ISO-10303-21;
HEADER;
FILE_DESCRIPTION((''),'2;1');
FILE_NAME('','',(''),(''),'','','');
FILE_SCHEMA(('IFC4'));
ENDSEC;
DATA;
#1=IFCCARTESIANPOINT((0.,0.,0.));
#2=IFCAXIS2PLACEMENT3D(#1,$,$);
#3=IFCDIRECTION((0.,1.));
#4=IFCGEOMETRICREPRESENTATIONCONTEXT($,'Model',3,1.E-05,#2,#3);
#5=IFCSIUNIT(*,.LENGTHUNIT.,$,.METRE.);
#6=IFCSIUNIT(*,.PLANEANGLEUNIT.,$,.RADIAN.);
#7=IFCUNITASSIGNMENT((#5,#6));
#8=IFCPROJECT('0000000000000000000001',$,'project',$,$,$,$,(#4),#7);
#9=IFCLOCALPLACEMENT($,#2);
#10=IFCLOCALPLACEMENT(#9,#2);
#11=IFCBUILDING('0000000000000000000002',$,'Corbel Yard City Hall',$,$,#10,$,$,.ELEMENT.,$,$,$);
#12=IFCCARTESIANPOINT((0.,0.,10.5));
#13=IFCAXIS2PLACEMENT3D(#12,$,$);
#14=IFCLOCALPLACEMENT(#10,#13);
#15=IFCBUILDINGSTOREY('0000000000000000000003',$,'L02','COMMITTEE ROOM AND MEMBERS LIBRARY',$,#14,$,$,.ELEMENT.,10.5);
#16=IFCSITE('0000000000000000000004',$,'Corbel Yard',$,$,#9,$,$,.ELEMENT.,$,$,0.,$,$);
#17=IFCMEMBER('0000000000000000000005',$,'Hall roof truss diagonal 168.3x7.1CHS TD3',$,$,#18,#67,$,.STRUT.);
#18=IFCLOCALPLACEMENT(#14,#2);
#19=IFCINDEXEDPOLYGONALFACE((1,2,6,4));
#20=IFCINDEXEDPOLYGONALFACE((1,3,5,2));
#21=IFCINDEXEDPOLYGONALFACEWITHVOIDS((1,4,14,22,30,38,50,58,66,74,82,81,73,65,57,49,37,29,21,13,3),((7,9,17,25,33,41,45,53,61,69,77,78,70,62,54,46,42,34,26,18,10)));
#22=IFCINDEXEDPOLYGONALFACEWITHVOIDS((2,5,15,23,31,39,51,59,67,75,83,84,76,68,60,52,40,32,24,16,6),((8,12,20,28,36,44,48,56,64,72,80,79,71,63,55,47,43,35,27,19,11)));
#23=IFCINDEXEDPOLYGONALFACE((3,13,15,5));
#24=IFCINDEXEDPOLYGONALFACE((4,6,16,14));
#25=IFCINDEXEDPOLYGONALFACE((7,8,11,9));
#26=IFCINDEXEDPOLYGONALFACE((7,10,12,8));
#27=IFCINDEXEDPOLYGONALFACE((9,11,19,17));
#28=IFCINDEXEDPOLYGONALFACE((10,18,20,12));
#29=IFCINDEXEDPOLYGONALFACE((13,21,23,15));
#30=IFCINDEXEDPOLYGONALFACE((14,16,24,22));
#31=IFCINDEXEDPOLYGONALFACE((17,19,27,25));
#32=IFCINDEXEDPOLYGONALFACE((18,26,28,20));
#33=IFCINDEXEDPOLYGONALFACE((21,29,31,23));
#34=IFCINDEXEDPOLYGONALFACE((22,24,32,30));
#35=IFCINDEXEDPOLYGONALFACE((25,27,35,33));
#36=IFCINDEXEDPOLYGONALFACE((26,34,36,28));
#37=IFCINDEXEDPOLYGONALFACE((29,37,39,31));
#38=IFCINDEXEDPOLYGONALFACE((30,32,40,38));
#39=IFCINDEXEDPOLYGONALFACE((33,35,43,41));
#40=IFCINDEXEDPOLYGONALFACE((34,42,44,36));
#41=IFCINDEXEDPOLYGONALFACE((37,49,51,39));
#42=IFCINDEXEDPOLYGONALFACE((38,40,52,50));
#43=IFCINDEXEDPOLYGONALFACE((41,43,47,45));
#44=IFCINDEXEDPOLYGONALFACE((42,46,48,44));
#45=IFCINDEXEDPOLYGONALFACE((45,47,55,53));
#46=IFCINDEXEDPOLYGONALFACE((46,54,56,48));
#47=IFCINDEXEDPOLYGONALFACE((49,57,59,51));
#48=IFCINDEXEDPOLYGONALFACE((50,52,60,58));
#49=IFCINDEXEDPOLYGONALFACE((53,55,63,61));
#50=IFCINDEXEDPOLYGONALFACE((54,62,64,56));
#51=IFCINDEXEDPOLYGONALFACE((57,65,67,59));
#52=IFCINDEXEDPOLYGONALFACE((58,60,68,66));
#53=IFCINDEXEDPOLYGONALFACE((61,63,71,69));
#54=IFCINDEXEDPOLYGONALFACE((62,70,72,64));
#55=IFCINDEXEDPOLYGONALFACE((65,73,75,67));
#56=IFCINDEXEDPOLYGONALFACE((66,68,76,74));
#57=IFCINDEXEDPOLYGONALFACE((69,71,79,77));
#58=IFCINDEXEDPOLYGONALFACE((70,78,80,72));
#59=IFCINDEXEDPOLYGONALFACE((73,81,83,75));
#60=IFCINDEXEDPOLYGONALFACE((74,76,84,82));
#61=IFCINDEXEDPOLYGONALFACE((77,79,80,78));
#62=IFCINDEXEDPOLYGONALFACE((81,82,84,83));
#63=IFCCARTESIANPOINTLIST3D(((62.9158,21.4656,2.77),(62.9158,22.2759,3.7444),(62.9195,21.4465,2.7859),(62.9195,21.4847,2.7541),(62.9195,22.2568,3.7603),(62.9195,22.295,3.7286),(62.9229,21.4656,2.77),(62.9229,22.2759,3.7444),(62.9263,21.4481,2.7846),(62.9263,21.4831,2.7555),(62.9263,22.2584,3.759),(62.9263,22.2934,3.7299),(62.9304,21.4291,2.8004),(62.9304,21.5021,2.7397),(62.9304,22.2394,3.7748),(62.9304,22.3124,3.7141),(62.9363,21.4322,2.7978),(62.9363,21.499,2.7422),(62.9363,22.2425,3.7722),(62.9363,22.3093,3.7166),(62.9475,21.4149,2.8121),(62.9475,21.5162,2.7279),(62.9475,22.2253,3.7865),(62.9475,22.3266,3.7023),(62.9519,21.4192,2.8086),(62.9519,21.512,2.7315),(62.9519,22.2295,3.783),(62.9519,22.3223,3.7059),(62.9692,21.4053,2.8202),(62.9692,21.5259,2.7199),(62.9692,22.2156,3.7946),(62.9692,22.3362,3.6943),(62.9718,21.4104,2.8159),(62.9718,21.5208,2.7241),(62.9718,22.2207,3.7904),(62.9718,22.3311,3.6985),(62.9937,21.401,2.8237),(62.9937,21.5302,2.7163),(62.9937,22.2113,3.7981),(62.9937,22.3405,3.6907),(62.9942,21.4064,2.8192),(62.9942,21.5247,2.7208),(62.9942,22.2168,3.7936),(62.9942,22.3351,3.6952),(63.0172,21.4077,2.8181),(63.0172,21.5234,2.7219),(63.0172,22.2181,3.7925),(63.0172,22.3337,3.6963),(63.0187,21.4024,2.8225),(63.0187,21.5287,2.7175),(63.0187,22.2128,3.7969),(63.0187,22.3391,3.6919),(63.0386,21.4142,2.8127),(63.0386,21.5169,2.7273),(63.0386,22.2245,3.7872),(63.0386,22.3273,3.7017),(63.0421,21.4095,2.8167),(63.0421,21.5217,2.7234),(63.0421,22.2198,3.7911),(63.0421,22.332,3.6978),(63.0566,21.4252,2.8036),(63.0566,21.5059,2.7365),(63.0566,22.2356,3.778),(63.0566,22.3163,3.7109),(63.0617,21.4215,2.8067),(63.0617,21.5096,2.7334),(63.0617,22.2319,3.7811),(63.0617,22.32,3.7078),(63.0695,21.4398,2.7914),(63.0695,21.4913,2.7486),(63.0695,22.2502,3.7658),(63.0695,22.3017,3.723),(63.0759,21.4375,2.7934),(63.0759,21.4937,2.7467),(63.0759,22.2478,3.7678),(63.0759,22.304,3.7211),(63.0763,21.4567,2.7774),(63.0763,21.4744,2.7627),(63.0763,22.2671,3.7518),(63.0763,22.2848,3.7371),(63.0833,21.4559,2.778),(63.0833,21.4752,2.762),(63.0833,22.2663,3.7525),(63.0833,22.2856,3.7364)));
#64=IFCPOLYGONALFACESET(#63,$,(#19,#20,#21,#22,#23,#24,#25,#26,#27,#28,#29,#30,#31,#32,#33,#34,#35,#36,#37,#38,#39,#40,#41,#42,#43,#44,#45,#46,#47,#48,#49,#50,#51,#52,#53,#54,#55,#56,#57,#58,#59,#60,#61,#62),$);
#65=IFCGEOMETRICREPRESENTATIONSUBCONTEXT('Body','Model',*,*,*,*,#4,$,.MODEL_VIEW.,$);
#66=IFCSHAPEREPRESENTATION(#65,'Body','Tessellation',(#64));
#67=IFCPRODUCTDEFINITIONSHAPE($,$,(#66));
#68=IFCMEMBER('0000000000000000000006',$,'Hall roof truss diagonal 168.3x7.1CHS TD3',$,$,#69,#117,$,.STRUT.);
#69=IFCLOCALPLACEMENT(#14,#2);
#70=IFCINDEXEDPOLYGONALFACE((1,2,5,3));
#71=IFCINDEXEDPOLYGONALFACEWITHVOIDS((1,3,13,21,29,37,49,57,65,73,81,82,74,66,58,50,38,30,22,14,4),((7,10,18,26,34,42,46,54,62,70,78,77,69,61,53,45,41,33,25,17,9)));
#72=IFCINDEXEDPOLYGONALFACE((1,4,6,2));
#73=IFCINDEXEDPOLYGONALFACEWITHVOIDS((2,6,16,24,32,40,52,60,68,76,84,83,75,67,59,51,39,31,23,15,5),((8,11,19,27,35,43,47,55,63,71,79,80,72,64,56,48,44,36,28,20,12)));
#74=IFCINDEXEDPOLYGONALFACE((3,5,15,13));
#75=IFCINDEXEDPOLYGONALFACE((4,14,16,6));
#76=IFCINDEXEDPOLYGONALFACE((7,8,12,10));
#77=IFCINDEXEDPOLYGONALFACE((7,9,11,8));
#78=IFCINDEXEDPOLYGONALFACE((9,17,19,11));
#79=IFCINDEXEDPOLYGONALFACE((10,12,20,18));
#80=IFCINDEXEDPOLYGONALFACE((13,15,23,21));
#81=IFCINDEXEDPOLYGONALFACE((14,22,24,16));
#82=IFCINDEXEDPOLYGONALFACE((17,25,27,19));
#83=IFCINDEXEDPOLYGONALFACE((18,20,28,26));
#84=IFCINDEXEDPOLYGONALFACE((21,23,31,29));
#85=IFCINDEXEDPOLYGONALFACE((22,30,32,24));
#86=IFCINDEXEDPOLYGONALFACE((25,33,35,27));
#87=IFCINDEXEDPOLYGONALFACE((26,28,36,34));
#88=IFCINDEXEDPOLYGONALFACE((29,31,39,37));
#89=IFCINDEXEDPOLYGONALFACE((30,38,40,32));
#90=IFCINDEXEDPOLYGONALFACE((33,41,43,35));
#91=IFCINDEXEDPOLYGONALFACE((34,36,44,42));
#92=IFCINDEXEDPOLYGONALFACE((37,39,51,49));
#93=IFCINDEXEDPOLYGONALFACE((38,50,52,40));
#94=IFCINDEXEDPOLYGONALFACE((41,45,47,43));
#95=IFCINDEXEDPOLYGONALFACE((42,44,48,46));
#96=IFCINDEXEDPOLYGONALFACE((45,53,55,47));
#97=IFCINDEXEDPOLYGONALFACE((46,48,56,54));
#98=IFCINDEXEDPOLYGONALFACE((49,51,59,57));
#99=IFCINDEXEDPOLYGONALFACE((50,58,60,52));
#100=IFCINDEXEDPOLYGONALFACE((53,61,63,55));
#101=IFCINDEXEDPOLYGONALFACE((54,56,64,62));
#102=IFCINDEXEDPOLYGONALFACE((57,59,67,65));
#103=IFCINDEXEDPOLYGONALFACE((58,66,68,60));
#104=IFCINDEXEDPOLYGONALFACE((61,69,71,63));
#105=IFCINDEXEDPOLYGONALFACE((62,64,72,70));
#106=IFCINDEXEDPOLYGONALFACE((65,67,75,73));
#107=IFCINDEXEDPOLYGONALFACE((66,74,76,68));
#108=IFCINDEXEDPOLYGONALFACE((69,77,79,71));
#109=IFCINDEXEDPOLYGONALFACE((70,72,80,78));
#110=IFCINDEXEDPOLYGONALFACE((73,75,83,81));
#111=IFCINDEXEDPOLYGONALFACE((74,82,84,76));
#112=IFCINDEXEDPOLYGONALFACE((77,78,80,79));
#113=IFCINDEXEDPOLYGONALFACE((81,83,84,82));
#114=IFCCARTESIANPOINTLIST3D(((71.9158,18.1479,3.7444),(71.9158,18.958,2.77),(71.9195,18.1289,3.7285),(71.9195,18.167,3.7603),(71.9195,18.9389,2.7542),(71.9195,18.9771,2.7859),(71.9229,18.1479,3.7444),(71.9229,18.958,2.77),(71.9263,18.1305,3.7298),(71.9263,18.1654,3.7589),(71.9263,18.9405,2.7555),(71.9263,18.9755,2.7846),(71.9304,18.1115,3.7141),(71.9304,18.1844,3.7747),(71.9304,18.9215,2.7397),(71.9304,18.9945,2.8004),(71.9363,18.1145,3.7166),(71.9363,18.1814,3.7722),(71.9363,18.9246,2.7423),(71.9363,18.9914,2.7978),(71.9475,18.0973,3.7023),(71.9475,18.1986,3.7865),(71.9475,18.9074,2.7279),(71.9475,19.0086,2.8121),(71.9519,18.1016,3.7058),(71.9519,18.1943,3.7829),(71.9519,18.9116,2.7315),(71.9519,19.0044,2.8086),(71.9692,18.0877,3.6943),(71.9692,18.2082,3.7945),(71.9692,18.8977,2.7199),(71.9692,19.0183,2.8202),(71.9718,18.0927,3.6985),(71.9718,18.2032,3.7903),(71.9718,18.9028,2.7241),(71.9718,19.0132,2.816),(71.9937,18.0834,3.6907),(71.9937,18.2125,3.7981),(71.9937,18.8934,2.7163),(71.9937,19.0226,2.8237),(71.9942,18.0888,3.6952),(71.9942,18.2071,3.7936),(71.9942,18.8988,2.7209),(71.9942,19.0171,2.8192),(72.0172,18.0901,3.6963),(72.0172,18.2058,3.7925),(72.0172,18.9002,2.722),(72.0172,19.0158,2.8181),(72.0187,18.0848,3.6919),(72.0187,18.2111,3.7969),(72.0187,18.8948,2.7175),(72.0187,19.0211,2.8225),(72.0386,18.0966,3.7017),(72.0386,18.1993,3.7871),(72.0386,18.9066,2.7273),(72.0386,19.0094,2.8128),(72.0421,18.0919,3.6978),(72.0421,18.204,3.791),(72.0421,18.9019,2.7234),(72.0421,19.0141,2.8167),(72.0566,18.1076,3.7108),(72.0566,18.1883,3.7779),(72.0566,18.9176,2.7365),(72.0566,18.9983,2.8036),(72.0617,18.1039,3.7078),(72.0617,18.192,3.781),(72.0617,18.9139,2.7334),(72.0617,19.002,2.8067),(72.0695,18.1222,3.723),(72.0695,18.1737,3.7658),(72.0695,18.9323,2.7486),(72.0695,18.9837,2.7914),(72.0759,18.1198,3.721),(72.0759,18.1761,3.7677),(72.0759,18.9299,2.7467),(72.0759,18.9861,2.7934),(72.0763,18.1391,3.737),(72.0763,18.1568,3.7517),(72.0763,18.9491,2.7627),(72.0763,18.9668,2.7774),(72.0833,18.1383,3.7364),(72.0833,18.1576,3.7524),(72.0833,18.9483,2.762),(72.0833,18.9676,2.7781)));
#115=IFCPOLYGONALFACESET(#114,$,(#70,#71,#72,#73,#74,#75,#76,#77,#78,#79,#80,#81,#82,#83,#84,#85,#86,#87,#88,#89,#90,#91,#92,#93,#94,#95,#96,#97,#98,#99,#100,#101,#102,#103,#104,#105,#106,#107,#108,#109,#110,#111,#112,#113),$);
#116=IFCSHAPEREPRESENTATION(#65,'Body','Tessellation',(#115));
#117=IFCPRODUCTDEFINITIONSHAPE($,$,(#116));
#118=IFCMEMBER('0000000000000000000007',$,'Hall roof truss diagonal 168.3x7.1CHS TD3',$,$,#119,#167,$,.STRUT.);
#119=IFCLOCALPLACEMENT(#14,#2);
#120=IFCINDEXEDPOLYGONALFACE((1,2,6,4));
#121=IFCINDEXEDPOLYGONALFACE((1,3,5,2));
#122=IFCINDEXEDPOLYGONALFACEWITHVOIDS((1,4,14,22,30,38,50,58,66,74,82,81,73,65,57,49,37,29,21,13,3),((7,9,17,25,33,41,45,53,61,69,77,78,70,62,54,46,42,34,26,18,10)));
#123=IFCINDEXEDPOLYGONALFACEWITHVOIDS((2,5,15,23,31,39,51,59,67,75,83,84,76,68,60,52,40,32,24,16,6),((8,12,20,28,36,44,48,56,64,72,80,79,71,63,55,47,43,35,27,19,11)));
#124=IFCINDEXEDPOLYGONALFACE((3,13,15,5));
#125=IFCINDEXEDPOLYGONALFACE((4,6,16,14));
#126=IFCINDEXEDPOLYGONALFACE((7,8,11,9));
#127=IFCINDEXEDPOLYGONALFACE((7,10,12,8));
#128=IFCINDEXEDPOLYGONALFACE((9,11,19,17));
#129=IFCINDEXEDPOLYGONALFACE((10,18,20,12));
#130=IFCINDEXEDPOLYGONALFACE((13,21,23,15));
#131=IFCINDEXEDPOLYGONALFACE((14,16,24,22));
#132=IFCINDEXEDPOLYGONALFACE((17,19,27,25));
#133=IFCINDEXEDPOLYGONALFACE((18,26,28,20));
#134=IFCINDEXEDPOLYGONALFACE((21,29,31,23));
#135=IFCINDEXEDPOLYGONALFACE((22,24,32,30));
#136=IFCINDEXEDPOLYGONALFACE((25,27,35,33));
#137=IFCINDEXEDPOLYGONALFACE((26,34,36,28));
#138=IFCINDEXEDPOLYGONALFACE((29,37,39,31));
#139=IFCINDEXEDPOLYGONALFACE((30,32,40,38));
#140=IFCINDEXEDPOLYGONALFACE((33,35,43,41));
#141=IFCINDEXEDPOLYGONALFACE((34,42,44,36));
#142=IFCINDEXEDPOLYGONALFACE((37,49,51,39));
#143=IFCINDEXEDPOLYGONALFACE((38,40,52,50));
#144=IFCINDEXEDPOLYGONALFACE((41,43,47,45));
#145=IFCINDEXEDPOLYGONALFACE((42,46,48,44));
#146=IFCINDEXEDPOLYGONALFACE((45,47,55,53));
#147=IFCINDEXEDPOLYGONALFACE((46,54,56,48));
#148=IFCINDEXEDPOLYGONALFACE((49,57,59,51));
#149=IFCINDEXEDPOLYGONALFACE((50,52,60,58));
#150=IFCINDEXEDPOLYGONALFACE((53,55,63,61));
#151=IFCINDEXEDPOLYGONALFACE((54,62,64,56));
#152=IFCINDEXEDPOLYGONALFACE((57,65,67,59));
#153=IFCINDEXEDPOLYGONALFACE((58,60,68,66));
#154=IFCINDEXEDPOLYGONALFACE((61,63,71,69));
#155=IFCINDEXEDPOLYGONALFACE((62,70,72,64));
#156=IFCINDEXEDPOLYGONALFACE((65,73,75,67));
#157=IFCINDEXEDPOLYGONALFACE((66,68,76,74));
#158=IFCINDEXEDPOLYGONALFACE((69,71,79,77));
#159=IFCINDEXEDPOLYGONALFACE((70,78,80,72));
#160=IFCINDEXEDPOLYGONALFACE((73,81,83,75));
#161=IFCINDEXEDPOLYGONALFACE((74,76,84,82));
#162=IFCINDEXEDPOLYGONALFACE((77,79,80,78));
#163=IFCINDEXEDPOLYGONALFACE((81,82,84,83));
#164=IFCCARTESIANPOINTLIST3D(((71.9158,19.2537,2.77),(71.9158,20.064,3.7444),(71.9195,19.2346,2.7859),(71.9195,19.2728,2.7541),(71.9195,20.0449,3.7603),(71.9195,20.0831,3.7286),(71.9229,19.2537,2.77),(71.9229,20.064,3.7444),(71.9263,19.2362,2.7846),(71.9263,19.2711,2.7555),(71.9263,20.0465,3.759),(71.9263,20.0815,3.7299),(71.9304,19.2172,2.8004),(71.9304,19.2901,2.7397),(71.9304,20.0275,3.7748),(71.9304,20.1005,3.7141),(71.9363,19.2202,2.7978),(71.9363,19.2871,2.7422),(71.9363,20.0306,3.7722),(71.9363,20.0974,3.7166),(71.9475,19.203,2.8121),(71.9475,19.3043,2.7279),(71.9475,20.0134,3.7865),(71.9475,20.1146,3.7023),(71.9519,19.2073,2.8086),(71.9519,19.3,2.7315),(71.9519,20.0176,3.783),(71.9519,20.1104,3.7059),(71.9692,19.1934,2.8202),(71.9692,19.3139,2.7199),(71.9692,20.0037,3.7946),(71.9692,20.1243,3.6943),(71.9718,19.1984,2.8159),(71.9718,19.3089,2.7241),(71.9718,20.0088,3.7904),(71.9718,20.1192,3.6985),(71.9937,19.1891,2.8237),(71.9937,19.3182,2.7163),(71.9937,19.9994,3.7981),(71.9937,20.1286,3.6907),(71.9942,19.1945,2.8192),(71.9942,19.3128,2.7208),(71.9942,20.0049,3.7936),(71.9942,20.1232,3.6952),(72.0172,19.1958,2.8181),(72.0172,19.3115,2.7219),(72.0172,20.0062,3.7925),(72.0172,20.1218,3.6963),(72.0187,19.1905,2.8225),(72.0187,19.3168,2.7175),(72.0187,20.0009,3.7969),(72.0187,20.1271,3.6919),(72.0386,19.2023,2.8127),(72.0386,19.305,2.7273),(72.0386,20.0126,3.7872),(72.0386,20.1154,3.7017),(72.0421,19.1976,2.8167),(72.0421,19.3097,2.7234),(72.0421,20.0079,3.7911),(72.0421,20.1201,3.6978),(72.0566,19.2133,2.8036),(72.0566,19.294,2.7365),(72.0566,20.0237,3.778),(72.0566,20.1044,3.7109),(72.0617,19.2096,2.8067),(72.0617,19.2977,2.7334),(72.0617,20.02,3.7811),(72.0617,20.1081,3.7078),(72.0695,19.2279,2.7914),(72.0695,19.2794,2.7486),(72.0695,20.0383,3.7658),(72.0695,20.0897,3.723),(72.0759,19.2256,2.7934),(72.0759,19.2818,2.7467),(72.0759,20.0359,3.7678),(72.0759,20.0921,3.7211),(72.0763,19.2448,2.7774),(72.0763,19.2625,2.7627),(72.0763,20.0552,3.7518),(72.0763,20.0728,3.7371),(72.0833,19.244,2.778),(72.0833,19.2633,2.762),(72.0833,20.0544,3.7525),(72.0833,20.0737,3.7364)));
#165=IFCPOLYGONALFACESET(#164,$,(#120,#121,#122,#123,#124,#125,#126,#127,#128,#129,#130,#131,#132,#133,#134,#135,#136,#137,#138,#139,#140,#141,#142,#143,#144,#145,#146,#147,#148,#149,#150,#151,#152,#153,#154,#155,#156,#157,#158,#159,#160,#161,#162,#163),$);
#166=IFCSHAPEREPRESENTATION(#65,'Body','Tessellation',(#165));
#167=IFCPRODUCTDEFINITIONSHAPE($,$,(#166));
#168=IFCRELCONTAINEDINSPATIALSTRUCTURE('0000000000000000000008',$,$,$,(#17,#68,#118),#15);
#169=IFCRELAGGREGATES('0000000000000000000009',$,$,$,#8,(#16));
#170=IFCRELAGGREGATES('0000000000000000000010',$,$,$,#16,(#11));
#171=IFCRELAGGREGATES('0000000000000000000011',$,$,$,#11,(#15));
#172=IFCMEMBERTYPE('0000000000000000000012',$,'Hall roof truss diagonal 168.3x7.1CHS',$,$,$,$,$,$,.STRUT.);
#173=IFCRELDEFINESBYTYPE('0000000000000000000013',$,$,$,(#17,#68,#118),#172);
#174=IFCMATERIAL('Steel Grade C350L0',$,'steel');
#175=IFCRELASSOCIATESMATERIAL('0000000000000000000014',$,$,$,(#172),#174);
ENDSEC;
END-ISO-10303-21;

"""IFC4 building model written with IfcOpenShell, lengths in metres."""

from ifc_helpers import new_model, si_unit, direction, frame, origin, origin_2d, place, context, subcontext, project, spatial, hollow_circle, extrude, material, material_profile, profile_set, type_object, element, save


model = new_model("IFC4")

# Units and contexts
model_context = context("Model", 3, precision=1e-05, world=origin(), true_north=direction((0.0, 1.0)))
body_context = subcontext(model_context, "Body", "Model", "MODEL_VIEW")
ifc_project = project(units=[si_unit("LENGTHUNIT", "METRE"), si_unit("PLANEANGLEUNIT", "RADIAN")], contexts=[model_context])

# Site, building, storey
site_placement = place(None, origin())
site = spatial("IfcSite", under=ifc_project, at=site_placement, Name="Corbel Yard", CompositionType="ELEMENT", RefElevation=0.0)
building_placement = place(site_placement, origin())
building = spatial("IfcBuilding", under=site, at=building_placement, Name="Corbel Yard City Hall", CompositionType="ELEMENT")
storey_placement = place(building_placement, frame((0.0, 0.0, 10.5)))
storey = spatial("IfcBuildingStorey", under=building, at=storey_placement, Name="L02", Description="COMMITTEE ROOM AND MEMBERS LIBRARY", CompositionType="ELEMENT", Elevation=10.5)

# Members
ifc_material_1 = material(Name="Steel Grade C350L0", Category="steel")
ifc_material_profile_1 = material_profile(ifc_material_1, hollow_circle(Radius=0.0842, WallThickness=0.0071, at=origin_2d()), Name="168.3x7.1CHS")
ifc_profile_set_1 = profile_set([ifc_material_profile_1], Name="Steel Grade C350L0")
member_type_1 = type_object("IfcMemberType", Name="Hall roof truss diagonal 168.3x7.1CHS", PredefinedType="STRUT", material=ifc_profile_set_1)
for number, where, z_axis, x_axis, name in (
    (1, (63.0, 21.4656, 2.77), (0.0, 0.639407, 0.768868), (-1.0, 0.0, 0.0), "Hall roof truss diagonal 168.3x7.1CHS TD3"),
):
    element("IfcMember", number, at=place(storey_placement, frame(where, z_axis=z_axis, x_axis=x_axis)), inside=storey, type_object=member_type_1, Name=name, PredefinedType="STRUT", context=body_context, shape_type="SweptSolid", body=[
        extrude(hollow_circle(Radius=0.0842, WallThickness=0.0071, at=origin_2d()), origin(), (0.0, 0.0, 1.0), 1.2673),
    ])
member_1_placement = place(storey_placement, frame((72.0, 18.1479, 3.7444), z_axis=(0.0, 0.639293, -0.768963), x_axis=(-1.0, 0.0, 0.0)))
element("IfcMember", 2, at=member_1_placement, inside=storey, type_object=member_type_1, Name="Hall roof truss diagonal 168.3x7.1CHS TD3", PredefinedType="STRUT", context=body_context, shape_type="SweptSolid", body=[
    extrude(hollow_circle(Radius=0.0842, WallThickness=0.0071, at=origin_2d()), origin(), (0.0, 0.0, 1.0), 1.2671),
])
for number, where, z_axis, x_axis, name in (
    (3, (72.0, 19.2537, 2.77), (0.0, 0.639407, 0.768868), (-1.0, 0.0, 0.0), "Hall roof truss diagonal 168.3x7.1CHS TD3"),
):
    element("IfcMember", number, at=place(storey_placement, frame(where, z_axis=z_axis, x_axis=x_axis)), inside=storey, type_object=member_type_1, Name=name, PredefinedType="STRUT", context=body_context, shape_type="SweptSolid", body=[
        extrude(hollow_circle(Radius=0.0842, WallThickness=0.0071, at=origin_2d()), origin(), (0.0, 0.0, 1.0), 1.2673),
    ])

save(model, "model.ifc")
